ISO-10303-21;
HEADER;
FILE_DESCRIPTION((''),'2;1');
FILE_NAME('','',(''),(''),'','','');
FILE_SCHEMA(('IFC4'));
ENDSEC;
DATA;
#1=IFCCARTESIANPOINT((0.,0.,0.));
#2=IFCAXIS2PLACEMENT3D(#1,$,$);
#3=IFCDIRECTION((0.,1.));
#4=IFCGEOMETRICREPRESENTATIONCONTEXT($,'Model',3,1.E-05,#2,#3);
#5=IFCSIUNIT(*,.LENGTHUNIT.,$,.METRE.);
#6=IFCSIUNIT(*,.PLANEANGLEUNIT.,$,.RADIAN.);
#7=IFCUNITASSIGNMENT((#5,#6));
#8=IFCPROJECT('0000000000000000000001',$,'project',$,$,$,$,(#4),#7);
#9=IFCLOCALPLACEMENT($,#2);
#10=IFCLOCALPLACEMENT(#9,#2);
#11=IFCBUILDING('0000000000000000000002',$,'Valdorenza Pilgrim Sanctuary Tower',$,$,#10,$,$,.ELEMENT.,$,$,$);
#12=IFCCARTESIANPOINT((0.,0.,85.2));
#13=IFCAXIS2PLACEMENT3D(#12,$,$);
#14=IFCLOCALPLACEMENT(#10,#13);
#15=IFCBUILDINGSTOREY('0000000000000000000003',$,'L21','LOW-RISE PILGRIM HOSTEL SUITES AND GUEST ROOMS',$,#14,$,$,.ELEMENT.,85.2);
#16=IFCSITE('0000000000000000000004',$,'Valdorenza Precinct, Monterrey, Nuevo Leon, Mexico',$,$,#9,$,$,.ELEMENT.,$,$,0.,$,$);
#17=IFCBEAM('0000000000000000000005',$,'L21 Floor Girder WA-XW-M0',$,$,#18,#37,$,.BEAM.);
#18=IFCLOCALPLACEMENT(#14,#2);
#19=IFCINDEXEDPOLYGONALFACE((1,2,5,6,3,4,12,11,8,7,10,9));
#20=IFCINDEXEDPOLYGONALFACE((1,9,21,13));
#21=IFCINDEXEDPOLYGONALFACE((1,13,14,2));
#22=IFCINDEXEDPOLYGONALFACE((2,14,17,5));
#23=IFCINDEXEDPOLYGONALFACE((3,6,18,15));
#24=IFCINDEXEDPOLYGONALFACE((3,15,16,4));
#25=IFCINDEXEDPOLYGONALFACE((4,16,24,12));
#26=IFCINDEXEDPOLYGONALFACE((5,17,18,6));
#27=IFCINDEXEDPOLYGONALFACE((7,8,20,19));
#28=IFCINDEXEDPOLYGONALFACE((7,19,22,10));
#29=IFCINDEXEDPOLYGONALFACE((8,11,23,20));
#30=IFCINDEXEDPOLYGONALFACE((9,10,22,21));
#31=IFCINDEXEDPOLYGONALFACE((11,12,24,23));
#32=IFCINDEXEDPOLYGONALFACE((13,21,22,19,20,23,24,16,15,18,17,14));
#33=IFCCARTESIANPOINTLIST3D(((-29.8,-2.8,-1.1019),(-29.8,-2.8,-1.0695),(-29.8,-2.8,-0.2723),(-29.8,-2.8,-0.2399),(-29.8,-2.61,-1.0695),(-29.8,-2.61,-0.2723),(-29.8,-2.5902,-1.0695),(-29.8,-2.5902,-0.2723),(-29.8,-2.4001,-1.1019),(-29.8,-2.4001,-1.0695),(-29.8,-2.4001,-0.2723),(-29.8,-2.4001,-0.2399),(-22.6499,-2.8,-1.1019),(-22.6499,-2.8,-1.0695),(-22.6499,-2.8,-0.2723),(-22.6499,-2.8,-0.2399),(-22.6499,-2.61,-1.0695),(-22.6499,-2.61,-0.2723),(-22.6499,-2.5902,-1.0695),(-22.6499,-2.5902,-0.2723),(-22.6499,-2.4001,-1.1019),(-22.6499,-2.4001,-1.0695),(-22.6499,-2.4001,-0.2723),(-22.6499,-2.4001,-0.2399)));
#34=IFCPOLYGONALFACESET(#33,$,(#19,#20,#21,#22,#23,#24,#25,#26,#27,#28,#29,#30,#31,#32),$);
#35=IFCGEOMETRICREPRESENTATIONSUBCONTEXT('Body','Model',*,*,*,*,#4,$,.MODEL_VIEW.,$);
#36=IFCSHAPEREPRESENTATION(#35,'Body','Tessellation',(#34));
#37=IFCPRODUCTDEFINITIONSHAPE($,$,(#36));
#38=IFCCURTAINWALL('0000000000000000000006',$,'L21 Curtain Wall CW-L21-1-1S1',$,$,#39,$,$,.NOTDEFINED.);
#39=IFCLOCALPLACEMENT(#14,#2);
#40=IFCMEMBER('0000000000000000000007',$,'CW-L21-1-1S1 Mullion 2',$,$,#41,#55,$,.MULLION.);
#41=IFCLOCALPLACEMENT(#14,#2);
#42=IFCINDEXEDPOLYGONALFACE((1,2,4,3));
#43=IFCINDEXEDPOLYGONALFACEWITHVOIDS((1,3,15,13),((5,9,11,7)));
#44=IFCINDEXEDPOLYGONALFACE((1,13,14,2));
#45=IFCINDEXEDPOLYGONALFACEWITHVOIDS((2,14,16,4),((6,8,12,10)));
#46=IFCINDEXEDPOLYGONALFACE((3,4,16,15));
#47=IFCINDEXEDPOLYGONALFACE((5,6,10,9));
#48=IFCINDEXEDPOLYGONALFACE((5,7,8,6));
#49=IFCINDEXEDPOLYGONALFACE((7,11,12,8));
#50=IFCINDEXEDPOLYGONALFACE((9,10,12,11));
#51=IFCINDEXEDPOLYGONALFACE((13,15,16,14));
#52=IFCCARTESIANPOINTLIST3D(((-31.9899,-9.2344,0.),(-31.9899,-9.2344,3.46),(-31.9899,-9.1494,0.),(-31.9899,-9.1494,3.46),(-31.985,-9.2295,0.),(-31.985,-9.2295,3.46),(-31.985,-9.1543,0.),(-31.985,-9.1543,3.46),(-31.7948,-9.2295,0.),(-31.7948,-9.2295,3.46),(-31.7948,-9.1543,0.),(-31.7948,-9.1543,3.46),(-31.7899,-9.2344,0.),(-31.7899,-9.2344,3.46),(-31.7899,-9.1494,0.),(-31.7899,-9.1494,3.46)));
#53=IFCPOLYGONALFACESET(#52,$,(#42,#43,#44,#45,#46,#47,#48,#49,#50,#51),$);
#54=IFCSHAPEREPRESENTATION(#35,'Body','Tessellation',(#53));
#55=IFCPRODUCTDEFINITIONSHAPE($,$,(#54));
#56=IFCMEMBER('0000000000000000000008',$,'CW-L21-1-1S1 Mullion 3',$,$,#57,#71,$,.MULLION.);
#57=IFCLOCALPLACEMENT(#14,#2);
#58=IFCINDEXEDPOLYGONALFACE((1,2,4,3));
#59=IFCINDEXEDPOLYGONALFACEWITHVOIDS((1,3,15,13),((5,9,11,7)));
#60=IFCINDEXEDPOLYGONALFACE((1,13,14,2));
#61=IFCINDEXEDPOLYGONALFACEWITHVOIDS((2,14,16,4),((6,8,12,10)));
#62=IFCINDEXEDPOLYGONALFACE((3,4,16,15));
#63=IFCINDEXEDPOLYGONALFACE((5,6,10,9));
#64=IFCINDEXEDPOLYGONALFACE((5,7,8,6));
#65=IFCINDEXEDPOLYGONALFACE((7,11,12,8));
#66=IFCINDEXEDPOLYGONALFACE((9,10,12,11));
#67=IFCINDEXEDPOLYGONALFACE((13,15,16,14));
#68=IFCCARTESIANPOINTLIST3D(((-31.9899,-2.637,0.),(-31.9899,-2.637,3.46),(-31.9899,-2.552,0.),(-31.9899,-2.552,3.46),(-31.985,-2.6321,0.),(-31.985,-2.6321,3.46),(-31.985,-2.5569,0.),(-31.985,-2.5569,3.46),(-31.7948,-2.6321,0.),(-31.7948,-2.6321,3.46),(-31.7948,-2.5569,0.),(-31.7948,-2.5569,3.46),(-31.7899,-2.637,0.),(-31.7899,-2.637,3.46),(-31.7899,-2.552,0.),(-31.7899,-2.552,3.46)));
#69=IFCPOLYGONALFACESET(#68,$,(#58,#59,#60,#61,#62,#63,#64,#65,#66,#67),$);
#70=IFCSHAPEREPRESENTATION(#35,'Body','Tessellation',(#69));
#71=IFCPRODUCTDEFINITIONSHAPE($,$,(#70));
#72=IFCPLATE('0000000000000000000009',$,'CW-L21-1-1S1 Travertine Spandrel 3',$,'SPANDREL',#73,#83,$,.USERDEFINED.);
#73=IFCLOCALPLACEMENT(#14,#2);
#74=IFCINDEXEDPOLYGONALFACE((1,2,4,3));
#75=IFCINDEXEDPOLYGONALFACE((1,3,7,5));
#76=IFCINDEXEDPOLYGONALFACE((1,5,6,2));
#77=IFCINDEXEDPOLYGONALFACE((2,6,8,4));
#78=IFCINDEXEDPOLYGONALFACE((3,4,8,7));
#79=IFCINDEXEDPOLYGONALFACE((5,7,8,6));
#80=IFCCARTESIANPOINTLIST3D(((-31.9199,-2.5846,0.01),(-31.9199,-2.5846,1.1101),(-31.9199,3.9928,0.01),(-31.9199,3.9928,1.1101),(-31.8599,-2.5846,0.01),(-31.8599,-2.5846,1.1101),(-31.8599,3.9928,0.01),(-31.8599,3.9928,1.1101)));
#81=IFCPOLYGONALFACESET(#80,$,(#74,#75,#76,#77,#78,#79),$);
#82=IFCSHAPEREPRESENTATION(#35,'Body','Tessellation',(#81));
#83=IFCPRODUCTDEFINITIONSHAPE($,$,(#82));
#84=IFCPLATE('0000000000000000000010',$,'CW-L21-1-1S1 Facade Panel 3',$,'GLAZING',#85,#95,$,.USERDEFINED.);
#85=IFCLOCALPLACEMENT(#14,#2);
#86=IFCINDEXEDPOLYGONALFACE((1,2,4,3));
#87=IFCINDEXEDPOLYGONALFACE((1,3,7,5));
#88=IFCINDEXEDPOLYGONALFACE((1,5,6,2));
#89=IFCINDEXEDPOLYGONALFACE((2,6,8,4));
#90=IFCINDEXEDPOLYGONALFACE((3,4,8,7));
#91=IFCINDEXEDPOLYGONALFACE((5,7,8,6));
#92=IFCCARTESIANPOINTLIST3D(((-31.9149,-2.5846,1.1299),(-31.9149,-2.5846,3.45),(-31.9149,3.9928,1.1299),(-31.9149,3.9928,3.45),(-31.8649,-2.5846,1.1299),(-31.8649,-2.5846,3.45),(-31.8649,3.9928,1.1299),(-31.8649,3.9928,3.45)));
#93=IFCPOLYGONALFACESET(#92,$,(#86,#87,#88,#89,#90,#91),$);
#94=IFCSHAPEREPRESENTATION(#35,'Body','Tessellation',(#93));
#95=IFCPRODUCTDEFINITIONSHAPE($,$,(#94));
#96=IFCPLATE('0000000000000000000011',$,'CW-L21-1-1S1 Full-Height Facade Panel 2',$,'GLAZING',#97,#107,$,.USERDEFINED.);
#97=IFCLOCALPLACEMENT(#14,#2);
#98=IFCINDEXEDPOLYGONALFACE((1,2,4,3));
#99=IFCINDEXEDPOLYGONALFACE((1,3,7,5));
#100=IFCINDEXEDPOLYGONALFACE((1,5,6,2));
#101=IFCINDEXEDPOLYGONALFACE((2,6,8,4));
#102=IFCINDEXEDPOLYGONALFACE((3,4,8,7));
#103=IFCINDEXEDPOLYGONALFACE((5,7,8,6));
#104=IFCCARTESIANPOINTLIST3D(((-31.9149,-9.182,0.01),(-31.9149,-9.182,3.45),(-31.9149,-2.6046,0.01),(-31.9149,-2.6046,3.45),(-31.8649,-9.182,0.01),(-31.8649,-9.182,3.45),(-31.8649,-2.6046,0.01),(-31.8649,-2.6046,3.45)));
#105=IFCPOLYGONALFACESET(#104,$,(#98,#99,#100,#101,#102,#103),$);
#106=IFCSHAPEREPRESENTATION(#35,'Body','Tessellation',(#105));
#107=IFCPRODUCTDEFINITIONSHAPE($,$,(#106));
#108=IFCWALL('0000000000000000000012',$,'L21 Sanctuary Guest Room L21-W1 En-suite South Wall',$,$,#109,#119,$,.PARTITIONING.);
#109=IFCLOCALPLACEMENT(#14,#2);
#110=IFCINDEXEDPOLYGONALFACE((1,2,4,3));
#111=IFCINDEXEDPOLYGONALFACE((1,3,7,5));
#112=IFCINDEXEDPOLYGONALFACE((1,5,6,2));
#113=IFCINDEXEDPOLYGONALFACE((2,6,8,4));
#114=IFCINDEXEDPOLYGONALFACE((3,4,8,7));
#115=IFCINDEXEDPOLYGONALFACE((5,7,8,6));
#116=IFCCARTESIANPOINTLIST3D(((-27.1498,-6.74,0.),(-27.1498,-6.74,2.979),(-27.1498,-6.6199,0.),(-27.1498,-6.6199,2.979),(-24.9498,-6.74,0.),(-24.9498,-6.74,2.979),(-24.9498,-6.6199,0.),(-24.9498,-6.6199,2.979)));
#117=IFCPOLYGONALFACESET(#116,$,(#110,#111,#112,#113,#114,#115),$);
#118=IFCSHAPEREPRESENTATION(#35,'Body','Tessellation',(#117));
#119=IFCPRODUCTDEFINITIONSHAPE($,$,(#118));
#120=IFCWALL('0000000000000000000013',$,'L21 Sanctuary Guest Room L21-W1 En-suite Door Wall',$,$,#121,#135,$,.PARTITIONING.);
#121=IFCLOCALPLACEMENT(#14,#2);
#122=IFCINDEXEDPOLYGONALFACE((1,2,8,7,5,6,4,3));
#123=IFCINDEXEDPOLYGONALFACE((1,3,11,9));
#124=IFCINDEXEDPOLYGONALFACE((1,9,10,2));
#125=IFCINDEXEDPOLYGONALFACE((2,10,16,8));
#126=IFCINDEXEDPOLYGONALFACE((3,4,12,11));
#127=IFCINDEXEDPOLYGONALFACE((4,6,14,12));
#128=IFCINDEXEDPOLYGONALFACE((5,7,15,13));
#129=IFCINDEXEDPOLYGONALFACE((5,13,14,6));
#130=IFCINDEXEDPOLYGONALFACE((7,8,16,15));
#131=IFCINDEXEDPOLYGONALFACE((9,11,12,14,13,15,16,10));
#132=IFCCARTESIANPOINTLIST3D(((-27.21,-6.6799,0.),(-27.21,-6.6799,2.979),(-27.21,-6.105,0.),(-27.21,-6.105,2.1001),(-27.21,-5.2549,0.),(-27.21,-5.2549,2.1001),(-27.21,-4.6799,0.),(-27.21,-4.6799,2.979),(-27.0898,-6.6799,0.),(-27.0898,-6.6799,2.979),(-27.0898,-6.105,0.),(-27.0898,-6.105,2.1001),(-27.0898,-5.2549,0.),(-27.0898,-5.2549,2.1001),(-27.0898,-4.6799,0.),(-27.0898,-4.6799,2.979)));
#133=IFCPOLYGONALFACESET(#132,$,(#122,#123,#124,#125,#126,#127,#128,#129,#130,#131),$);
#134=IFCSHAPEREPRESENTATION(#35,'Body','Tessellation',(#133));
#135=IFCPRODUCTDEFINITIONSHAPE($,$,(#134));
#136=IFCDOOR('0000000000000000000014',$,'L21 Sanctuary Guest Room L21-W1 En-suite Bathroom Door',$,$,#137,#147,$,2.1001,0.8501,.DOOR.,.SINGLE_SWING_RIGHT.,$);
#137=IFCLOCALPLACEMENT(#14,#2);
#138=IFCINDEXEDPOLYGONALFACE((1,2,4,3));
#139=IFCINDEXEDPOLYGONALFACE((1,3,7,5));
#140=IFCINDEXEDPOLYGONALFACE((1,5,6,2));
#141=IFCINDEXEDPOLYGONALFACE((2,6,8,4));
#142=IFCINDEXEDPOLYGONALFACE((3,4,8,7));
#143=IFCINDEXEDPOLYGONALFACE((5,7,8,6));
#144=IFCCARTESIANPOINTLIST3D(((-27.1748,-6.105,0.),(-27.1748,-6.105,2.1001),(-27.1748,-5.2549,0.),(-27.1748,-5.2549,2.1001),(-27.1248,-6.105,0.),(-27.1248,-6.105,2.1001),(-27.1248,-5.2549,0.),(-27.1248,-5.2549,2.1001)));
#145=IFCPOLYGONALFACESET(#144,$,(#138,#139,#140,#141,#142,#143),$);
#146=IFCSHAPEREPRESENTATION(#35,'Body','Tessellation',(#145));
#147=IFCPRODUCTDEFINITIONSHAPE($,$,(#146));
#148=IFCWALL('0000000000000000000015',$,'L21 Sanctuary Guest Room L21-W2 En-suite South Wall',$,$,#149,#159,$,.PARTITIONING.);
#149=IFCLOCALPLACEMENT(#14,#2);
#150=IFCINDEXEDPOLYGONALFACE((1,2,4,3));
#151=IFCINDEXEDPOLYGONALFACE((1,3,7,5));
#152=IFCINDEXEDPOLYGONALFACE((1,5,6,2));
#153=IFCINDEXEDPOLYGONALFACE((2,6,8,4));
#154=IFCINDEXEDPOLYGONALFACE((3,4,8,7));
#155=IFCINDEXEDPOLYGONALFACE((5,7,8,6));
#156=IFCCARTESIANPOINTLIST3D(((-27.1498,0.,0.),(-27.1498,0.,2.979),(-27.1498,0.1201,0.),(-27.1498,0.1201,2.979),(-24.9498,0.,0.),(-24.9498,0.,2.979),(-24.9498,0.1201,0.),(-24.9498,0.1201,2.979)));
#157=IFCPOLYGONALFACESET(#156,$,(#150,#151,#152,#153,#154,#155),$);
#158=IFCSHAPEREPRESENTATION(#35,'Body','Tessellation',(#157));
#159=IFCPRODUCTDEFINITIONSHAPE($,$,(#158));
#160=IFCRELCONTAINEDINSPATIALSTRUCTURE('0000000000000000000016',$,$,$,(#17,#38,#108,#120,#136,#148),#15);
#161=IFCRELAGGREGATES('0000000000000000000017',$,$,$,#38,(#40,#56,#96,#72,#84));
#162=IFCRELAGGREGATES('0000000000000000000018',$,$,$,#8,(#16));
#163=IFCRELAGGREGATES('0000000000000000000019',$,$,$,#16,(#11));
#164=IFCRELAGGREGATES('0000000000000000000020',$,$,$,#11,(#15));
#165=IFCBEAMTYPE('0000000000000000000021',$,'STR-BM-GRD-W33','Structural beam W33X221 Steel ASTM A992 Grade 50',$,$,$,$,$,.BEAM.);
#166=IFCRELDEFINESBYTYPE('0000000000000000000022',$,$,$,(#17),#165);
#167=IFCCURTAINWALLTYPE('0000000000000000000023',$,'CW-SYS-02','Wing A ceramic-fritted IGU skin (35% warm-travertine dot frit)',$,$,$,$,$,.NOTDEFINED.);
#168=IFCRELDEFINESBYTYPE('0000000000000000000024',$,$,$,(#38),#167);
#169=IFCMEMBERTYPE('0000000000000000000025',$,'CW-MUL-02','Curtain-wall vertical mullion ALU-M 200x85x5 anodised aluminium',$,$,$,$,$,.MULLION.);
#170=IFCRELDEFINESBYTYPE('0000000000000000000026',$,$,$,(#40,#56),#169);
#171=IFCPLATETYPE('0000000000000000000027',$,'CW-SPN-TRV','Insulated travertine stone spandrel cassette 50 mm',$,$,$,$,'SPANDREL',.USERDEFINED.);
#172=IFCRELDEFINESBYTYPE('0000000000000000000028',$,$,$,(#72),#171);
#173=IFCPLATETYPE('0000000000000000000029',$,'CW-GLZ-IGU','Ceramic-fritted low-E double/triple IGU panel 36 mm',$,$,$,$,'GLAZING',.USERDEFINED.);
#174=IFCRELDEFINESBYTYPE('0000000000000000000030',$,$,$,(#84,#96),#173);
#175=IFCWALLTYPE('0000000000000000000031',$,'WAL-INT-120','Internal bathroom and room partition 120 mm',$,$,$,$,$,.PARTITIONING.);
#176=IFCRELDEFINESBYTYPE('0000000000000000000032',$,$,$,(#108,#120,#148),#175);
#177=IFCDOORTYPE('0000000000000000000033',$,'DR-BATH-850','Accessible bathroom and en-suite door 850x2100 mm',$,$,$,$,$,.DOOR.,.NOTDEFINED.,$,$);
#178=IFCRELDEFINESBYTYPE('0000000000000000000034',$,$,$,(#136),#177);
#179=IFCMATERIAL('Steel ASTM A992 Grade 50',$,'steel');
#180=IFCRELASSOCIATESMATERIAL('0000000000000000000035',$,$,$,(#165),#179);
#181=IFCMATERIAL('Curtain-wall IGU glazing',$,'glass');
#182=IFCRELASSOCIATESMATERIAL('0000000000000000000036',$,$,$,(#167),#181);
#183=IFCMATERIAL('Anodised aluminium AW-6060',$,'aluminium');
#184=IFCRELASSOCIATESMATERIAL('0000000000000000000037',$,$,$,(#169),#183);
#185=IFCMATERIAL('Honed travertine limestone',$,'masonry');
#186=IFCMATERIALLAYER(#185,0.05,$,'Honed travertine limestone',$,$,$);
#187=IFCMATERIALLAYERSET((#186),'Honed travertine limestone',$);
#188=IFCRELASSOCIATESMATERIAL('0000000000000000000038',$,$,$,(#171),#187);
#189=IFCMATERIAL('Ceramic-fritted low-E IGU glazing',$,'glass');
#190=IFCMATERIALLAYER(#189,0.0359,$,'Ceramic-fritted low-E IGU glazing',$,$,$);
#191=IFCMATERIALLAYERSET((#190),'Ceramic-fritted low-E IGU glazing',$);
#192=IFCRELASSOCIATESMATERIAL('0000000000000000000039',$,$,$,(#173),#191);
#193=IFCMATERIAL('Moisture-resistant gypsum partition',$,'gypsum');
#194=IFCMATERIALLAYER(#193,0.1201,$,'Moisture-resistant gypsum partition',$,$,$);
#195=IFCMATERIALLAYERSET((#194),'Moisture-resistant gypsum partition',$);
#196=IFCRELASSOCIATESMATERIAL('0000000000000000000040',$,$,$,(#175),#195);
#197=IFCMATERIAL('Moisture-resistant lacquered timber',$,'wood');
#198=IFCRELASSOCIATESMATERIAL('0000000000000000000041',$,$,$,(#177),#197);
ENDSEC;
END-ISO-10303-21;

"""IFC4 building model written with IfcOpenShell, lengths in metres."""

from ifc_helpers import new_model, si_unit, direction, frame, frame_2d, origin, origin_2d, place, context, subcontext, project, spatial, rectangle, hollow_rectangle, i_section, extrude, source, transform, mapped, material, layer, layer_set, material_profile, profile_set, type_object, element, fill, aggregate, save


model = new_model("IFC4")

# Units and contexts
model_context = context("Model", 3, precision=1e-05, world=origin(), true_north=direction((0.0, 1.0)))
body_context = subcontext(model_context, "Body", "Model", "MODEL_VIEW")
ifc_project = project(units=[si_unit("LENGTHUNIT", "METRE"), si_unit("PLANEANGLEUNIT", "RADIAN")], contexts=[model_context])

# Site, building, storey
site_placement = place(None, origin())
site = spatial("IfcSite", under=ifc_project, at=site_placement, Name="Valdorenza Precinct, Monterrey, Nuevo Leon, Mexico", CompositionType="ELEMENT", RefElevation=0.0)
building_placement = place(site_placement, origin())
building = spatial("IfcBuilding", under=site, at=building_placement, Name="Valdorenza Pilgrim Sanctuary Tower", CompositionType="ELEMENT")
storey_placement = place(building_placement, frame((0.0, 0.0, 85.2)))
storey = spatial("IfcBuildingStorey", under=building, at=storey_placement, Name="L21", Description="LOW-RISE PILGRIM HOSTEL SUITES AND GUEST ROOMS", CompositionType="ELEMENT", Elevation=85.2)

# Beam
ifc_material_1 = material(Name="Steel ASTM A992 Grade 50", Category="steel")
ifc_material_profile_1 = material_profile(ifc_material_1, i_section(OverallWidth=0.3999, OverallDepth=0.8621, WebThickness=0.0198, FlangeThickness=0.0325, at=origin_2d()), Name="W33X221")
ifc_profile_set_1 = profile_set([ifc_material_profile_1], Name="Steel ASTM A992 Grade 50")
beam_type_1 = type_object("IfcBeamType", Name="STR-BM-GRD-W33", Description="Structural beam W33X221 Steel ASTM A992 Grade 50", PredefinedType="BEAM", material=ifc_profile_set_1)
shared_shape_1 = source(origin(), body_context, "Body", "SweptSolid", [
    extrude(i_section(OverallWidth=0.3999, OverallDepth=0.8621, WebThickness=0.0198, FlangeThickness=0.0325, at=origin_2d()), origin(), (0.0, 0.0, 1.0), 7.1501),
])
beam_1_placement = place(storey_placement, frame((-29.8, -2.6001, -0.6709), z_axis=(1.0, 0.0, 0.0), x_axis=(0.0, 1.0, 0.0)))
element("IfcBeam", 1, at=beam_1_placement, inside=storey, type_object=beam_type_1, Name="L21 Floor Girder WA-XW-M0", PredefinedType="BEAM", context=body_context, shape_type="MappedRepresentation", body=[
    mapped(shared_shape_1, transform((0.0, 0.0, 0.0), x_axis=(1.0, 0.0, 0.0), y_axis=(0.0, 1.0, 0.0), z_axis=(0.0, 0.0, 1.0), scale=1.0)),
])

# Curtain wall, members, plates
ifc_material_2 = material(Name="Curtain-wall IGU glazing", Category="glass")
curtain_wall_type = type_object("IfcCurtainWallType", Name="CW-SYS-02", Description="Wing A ceramic-fritted IGU skin (35% warm-travertine dot frit)", PredefinedType="NOTDEFINED", material=ifc_material_2)
curtain_wall_placement = place(storey_placement, origin())
curtain_wall = element("IfcCurtainWall", 2, at=curtain_wall_placement, inside=storey, type_object=curtain_wall_type, Name="L21 Curtain Wall CW-L21-1-1S1", PredefinedType="NOTDEFINED")
ifc_material_3 = material(Name="Anodised aluminium AW-6060", Category="aluminium")
ifc_material_profile_2 = material_profile(ifc_material_3, hollow_rectangle(XDim=0.085, YDim=0.2, WallThickness=0.0049, at=origin_2d()), Name="ALU-M 200x85x5")
ifc_profile_set_2 = profile_set([ifc_material_profile_2], Name="Anodised aluminium AW-6060")
member_type = type_object("IfcMemberType", Name="CW-MUL-02", Description="Curtain-wall vertical mullion ALU-M 200x85x5 anodised aluminium", PredefinedType="MULLION", material=ifc_profile_set_2)
shared_shape_2 = source(origin(), body_context, "Body", "SweptSolid", [
    extrude(hollow_rectangle(XDim=0.085, YDim=0.2, WallThickness=0.0049, at=origin_2d()), origin(), (0.0, 0.0, 1.0), 3.46),
])
member_1_placement = place(storey_placement, frame((-31.8899, -9.1919, 0.0), z_axis=(0.0, 0.0, 1.0), x_axis=(0.0, 1.0, 0.0)))
member_1 = element("IfcMember", 3, at=member_1_placement, type_object=member_type, Name="CW-L21-1-1S1 Mullion 2", PredefinedType="MULLION", context=body_context, shape_type="MappedRepresentation", body=[
    mapped(shared_shape_2, transform((0.0, 0.0, 0.0), x_axis=(1.0, 0.0, 0.0), y_axis=(0.0, 1.0, 0.0), z_axis=(0.0, 0.0, 1.0), scale=1.0)),
])
member_2_placement = place(storey_placement, frame((-31.8899, -2.5945, 0.0), z_axis=(0.0, 0.0, 1.0), x_axis=(0.0, 1.0, 0.0)))
member_2 = element("IfcMember", 4, at=member_2_placement, type_object=member_type, Name="CW-L21-1-1S1 Mullion 3", PredefinedType="MULLION", context=body_context, shape_type="MappedRepresentation", body=[
    mapped(shared_shape_2, transform((0.0, 0.0, 0.0), x_axis=(1.0, 0.0, 0.0), y_axis=(0.0, 1.0, 0.0), z_axis=(0.0, 0.0, 1.0), scale=1.0)),
])
ifc_material_4 = material(Name="Honed travertine limestone", Category="masonry")
ifc_layer_1 = layer(ifc_material_4, 0.05, Name="Honed travertine limestone")
ifc_layer_set_1 = layer_set([ifc_layer_1], Name="Honed travertine limestone")
plate_type_1 = type_object("IfcPlateType", Name="CW-SPN-TRV", Description="Insulated travertine stone spandrel cassette 50 mm", ElementType="SPANDREL", PredefinedType="USERDEFINED", material=ifc_layer_set_1)
shared_shape_3 = source(origin(), body_context, "Body", "SweptSolid", [
    extrude(rectangle(XDim=6.5774, YDim=0.0601, at=origin_2d()), origin(), (0.0, 0.0, 1.0), 1.1001),
])
plate_1_placement = place(storey_placement, frame((-31.8899, 0.7041, 0.01), z_axis=(0.0, 0.0, 1.0), x_axis=(0.0, 1.0, 0.0)))
plate_1 = element("IfcPlate", 5, at=plate_1_placement, type_object=plate_type_1, Name="CW-L21-1-1S1 Travertine Spandrel 3", ObjectType="SPANDREL", PredefinedType="USERDEFINED", context=body_context, shape_type="MappedRepresentation", body=[
    mapped(shared_shape_3, transform((0.0, 0.0, 0.0), x_axis=(1.0, 0.0, 0.0), y_axis=(0.0, 1.0, 0.0), z_axis=(0.0, 0.0, 1.0), scale=1.0)),
])
ifc_material_5 = material(Name="Ceramic-fritted low-E IGU glazing", Category="glass")
ifc_layer_2 = layer(ifc_material_5, 0.0359, Name="Ceramic-fritted low-E IGU glazing")
ifc_layer_set_2 = layer_set([ifc_layer_2], Name="Ceramic-fritted low-E IGU glazing")
plate_type_2 = type_object("IfcPlateType", Name="CW-GLZ-IGU", Description="Ceramic-fritted low-E double/triple IGU panel 36 mm", ElementType="GLAZING", PredefinedType="USERDEFINED", material=ifc_layer_set_2)
shared_shape_4 = source(origin(), body_context, "Body", "SweptSolid", [
    extrude(rectangle(XDim=6.5774, YDim=0.05, at=origin_2d()), origin(), (0.0, 0.0, 1.0), 2.3201),
])
plate_2_placement = place(storey_placement, frame((-31.8899, 0.7041, 1.1299), z_axis=(0.0, 0.0, 1.0), x_axis=(0.0, 1.0, 0.0)))
plate_2 = element("IfcPlate", 6, at=plate_2_placement, type_object=plate_type_2, Name="CW-L21-1-1S1 Facade Panel 3", ObjectType="GLAZING", PredefinedType="USERDEFINED", context=body_context, shape_type="MappedRepresentation", body=[
    mapped(shared_shape_4, transform((0.0, 0.0, 0.0), x_axis=(1.0, 0.0, 0.0), y_axis=(0.0, 1.0, 0.0), z_axis=(0.0, 0.0, 1.0), scale=1.0)),
])
shared_shape_5 = source(origin(), body_context, "Body", "SweptSolid", [
    extrude(rectangle(XDim=6.5774, YDim=0.05, at=origin_2d()), origin(), (0.0, 0.0, 1.0), 3.4399),
])
plate_3_placement = place(storey_placement, frame((-31.8899, -5.8933, 0.01), z_axis=(0.0, 0.0, 1.0), x_axis=(0.0, 1.0, 0.0)))
plate_3 = element("IfcPlate", 7, at=plate_3_placement, type_object=plate_type_2, Name="CW-L21-1-1S1 Full-Height Facade Panel 2", ObjectType="GLAZING", PredefinedType="USERDEFINED", context=body_context, shape_type="MappedRepresentation", body=[
    mapped(shared_shape_5, transform((0.0, 0.0, 0.0), x_axis=(1.0, 0.0, 0.0), y_axis=(0.0, 1.0, 0.0), z_axis=(0.0, 0.0, 1.0), scale=1.0)),
])
aggregate(curtain_wall, [member_1, member_2, plate_3, plate_1, plate_2])

# Wall
ifc_material_6 = material(Name="Moisture-resistant gypsum partition", Category="gypsum")
ifc_layer_3 = layer(ifc_material_6, 0.1201, Name="Moisture-resistant gypsum partition")
ifc_layer_set_3 = layer_set([ifc_layer_3], Name="Moisture-resistant gypsum partition")
wall_type_1 = type_object("IfcWallType", Name="WAL-INT-120", Description="Internal bathroom and room partition 120 mm", PredefinedType="PARTITIONING", material=ifc_layer_set_3)
wall_1_placement = place(storey_placement, frame((-27.1499, -6.6799, 0.0), z_axis=(0.0, 0.0, 1.0), x_axis=(1.0, 0.0, 0.0)))
element("IfcWall", 8, at=wall_1_placement, inside=storey, type_object=wall_type_1, Name="L21 Sanctuary Guest Room L21-W1 En-suite South Wall", PredefinedType="PARTITIONING", context=body_context, shape_type="SweptSolid", body=[
    extrude(rectangle(XDim=2.2, YDim=0.1201, at=frame_2d((1.1001, 0.0))), origin(), (0.0, 0.0, 1.0), 2.979),
])

# Wall, opening, door
wall_2_placement = place(storey_placement, frame((-27.1499, -6.6799, 0.0), z_axis=(0.0, 0.0, 1.0), x_axis=(0.0, 1.0, 0.0)))
wall_2 = element("IfcWall", 9, at=wall_2_placement, inside=storey, type_object=wall_type_1, Name="L21 Sanctuary Guest Room L21-W1 En-suite Door Wall", PredefinedType="PARTITIONING", context=body_context, shape_type="SweptSolid", body=[
    extrude(rectangle(XDim=2.0, YDim=0.1201, at=frame_2d((1.0, 0.0))), origin(), (0.0, 0.0, 1.0), 2.979),
])
opening_1_placement = place(wall_2_placement, frame((0.575, 0.0, 0.0)))
opening_1 = element("IfcOpeningElement", 10, at=opening_1_placement, cuts=wall_2, PredefinedType="OPENING", context=body_context, shape_type="SweptSolid", body=[
    extrude(rectangle(XDim=0.8501, YDim=2.1001, at=frame_2d((0.425, 1.05))), frame((0.0, 0.075, 0.0), z_axis=(0.0, -1.0, 0.0), x_axis=(1.0, 0.0, 0.0)), (0.0, 0.0, 1.0), 0.1499),
])
ifc_material_7 = material(Name="Moisture-resistant lacquered timber", Category="wood")
door_type_1 = type_object("IfcDoorType", Name="DR-BATH-850", Description="Accessible bathroom and en-suite door 850x2100 mm", OperationType="NOTDEFINED", PredefinedType="DOOR", material=ifc_material_7)
door_1_placement = place(opening_1_placement, origin())
door_1 = element("IfcDoor", 11, at=door_1_placement, inside=storey, type_object=door_type_1, Name="L21 Sanctuary Guest Room L21-W1 En-suite Bathroom Door", OperationType="SINGLE_SWING_RIGHT", OverallHeight=2.1001, OverallWidth=0.8501, PredefinedType="DOOR", context=body_context, shape_type="SweptSolid", body=[
    extrude(rectangle(XDim=0.8501, YDim=2.1001, at=frame_2d((0.425, 1.05))), frame((0.0, 0.0249, 0.0), z_axis=(0.0, -1.0, 0.0), x_axis=(1.0, 0.0, 0.0)), (0.0, 0.0, 1.0), 0.05),
])
fill(opening_1, door_1)

# Wall
wall_3_placement = place(storey_placement, frame((-27.1499, 0.0601, 0.0), z_axis=(0.0, 0.0, 1.0), x_axis=(1.0, 0.0, 0.0)))
element("IfcWall", 12, at=wall_3_placement, inside=storey, type_object=wall_type_1, Name="L21 Sanctuary Guest Room L21-W2 En-suite South Wall", PredefinedType="PARTITIONING", context=body_context, shape_type="SweptSolid", body=[
    extrude(rectangle(XDim=2.2, YDim=0.1201, at=frame_2d((1.1001, 0.0))), origin(), (0.0, 0.0, 1.0), 2.979),
])

save(model, "model.ifc")
